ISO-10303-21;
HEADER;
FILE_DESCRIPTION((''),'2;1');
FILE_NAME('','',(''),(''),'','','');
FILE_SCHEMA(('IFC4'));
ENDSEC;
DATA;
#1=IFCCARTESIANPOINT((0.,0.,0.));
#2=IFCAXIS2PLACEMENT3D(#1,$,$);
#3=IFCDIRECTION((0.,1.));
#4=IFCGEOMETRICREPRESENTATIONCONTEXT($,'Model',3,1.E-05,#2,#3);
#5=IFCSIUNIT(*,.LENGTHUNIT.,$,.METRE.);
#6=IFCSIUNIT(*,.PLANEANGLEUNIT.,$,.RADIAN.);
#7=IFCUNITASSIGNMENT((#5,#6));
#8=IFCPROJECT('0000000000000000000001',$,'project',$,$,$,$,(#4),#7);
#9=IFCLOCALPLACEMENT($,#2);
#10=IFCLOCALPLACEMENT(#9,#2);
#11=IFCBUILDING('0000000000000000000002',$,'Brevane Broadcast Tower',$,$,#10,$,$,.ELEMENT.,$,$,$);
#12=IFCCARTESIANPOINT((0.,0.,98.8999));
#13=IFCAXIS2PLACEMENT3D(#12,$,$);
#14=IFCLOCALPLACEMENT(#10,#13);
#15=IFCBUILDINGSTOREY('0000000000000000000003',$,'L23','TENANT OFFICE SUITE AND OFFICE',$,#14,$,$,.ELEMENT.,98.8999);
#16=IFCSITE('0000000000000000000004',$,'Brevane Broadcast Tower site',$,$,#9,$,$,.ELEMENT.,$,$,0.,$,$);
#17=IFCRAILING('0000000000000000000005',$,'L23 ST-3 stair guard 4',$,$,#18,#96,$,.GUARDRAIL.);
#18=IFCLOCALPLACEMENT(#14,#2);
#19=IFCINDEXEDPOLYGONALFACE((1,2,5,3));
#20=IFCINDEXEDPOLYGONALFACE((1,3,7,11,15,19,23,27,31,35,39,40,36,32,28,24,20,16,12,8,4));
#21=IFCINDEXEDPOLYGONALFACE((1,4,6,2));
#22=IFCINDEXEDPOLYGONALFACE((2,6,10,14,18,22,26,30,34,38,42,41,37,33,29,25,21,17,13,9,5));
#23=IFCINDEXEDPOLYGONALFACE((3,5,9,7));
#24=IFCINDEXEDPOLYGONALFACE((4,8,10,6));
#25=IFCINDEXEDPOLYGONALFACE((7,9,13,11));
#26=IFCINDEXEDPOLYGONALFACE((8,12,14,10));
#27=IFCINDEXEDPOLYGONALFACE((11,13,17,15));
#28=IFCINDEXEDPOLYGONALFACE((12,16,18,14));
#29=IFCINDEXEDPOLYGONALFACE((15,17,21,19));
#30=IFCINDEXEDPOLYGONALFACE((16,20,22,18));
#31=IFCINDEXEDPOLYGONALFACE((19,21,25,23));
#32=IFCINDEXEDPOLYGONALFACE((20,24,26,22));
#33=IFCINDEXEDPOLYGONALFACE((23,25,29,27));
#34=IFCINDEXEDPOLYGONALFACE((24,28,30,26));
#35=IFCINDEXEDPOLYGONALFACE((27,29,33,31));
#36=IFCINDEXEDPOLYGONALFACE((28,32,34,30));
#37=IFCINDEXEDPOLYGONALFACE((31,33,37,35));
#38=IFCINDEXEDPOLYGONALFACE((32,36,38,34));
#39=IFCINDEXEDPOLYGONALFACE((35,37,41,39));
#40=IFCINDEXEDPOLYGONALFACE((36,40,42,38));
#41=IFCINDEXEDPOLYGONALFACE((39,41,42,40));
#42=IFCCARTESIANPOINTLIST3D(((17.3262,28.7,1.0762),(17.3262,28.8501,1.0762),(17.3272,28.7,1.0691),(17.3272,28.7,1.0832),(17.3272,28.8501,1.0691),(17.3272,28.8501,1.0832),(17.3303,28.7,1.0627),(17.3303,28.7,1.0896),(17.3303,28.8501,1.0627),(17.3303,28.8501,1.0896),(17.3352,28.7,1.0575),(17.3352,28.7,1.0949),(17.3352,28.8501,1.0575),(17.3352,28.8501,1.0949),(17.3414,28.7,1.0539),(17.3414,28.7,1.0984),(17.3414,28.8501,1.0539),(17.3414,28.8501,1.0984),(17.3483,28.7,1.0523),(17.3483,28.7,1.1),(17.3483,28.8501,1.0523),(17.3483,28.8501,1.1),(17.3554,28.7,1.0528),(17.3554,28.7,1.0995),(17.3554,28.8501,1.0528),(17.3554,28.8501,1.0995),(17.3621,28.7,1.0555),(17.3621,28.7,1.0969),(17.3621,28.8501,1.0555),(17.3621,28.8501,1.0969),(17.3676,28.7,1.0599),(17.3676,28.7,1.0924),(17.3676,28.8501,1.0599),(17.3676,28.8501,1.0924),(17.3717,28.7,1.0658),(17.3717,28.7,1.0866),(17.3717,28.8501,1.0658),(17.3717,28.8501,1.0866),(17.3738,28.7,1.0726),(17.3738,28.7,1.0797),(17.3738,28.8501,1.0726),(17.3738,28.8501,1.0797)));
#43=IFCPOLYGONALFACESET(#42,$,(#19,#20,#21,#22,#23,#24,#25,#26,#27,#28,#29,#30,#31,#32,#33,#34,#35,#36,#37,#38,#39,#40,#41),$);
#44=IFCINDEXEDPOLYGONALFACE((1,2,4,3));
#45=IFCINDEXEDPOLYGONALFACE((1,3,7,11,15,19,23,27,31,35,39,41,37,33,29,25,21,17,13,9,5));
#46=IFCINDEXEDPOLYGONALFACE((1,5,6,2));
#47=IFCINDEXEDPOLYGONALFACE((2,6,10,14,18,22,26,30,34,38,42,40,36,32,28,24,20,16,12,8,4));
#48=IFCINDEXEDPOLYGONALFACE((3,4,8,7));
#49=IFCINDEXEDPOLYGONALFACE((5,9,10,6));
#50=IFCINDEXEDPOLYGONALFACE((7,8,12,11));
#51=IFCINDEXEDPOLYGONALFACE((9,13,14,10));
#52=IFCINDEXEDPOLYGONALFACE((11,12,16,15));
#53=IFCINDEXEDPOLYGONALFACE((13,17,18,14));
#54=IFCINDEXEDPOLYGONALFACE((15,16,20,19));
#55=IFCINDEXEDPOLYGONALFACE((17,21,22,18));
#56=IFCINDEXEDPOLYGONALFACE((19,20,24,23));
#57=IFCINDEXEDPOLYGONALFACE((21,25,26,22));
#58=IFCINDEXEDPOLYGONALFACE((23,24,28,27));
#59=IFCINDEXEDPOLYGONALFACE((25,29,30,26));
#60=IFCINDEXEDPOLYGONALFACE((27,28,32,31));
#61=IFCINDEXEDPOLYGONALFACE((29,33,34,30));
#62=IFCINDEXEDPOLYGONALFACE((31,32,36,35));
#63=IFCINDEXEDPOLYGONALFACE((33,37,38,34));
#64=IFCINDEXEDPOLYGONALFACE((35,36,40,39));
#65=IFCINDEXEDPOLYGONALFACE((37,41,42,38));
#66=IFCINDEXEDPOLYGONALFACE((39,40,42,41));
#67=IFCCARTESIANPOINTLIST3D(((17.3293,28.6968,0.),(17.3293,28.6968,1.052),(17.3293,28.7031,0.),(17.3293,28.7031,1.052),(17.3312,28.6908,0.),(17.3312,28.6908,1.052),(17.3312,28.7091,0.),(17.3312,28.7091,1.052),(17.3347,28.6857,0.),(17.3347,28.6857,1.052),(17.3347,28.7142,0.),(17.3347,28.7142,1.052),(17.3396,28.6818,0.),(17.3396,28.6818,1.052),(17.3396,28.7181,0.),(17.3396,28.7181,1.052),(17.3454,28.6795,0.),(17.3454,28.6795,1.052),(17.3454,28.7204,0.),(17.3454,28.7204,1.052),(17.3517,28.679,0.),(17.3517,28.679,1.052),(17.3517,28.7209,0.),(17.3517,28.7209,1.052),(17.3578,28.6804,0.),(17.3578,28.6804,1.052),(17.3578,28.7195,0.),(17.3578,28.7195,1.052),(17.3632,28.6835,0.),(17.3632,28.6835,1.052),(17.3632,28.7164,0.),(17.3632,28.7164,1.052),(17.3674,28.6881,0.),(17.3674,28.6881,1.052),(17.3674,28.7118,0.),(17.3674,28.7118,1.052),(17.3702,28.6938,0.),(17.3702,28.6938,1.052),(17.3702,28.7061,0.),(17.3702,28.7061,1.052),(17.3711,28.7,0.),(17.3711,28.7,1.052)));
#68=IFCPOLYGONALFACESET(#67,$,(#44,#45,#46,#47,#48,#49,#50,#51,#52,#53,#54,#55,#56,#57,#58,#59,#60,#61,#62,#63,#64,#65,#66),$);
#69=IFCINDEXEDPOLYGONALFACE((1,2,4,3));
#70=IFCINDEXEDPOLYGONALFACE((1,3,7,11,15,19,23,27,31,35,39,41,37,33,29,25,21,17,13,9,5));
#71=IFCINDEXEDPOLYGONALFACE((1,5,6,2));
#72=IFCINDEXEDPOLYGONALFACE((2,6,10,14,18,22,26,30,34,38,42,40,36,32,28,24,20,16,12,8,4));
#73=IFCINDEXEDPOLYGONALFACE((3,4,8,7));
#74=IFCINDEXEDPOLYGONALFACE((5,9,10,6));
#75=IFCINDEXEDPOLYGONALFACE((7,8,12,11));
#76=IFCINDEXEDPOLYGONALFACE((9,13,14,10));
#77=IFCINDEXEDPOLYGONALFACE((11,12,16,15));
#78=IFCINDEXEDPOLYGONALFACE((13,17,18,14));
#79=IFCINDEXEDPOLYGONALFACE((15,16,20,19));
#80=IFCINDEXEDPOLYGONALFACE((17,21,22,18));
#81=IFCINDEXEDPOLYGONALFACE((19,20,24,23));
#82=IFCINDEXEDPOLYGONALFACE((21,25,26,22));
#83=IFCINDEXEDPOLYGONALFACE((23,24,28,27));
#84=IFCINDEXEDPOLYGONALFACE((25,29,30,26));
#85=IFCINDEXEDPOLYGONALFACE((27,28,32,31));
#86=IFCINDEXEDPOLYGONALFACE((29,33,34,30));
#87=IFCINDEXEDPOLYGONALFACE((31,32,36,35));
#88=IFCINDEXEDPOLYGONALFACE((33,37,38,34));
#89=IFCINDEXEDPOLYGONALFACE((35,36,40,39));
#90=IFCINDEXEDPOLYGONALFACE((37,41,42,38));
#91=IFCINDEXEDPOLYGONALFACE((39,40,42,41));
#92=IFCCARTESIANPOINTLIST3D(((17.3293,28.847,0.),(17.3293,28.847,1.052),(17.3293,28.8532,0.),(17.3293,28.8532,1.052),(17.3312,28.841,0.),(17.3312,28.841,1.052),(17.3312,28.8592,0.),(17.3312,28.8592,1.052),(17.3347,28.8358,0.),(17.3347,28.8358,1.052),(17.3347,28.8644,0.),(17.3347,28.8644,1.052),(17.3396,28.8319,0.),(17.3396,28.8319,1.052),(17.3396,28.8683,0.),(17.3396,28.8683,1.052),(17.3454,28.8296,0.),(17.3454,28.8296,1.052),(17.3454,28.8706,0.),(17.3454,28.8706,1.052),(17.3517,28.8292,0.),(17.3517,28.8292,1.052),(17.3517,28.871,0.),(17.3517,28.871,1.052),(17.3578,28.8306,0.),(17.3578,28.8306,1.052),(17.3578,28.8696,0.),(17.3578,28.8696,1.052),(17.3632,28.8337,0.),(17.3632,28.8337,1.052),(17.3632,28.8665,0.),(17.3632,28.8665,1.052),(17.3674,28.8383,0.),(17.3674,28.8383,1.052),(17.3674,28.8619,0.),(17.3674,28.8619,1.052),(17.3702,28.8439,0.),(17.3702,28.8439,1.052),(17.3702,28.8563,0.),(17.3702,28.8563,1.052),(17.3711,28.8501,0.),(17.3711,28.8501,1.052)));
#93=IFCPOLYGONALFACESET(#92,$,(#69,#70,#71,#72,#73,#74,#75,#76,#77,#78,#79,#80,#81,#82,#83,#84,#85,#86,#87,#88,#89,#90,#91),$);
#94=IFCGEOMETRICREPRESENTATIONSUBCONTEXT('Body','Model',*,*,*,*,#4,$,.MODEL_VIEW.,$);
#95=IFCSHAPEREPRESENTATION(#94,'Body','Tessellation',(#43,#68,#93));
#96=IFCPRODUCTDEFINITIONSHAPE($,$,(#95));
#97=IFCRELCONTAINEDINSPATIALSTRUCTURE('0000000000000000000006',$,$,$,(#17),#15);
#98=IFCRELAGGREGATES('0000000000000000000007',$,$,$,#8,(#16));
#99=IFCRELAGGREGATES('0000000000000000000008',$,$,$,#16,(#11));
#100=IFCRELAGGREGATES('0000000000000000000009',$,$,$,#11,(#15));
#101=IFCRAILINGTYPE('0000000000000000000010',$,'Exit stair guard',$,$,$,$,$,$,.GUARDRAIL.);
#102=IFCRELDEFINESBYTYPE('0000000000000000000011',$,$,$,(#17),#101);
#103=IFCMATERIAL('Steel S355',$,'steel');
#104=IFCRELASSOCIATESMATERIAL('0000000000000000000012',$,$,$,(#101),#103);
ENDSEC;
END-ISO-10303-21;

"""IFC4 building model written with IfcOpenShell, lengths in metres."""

from ifc_helpers import new_model, si_unit, direction, frame, origin, origin_2d, place, context, subcontext, project, spatial, circle, extrude, material, type_object, element, save


model = new_model("IFC4")

# Units and contexts
model_context = context("Model", 3, precision=1e-05, world=origin(), true_north=direction((0.0, 1.0)))
body_context = subcontext(model_context, "Body", "Model", "MODEL_VIEW")
ifc_project = project(units=[si_unit("LENGTHUNIT", "METRE"), si_unit("PLANEANGLEUNIT", "RADIAN")], contexts=[model_context])

# Site, building, storey
site_placement = place(None, origin())
site = spatial("IfcSite", under=ifc_project, at=site_placement, Name="Brevane Broadcast Tower site", CompositionType="ELEMENT", RefElevation=0.0)
building_placement = place(site_placement, origin())
building = spatial("IfcBuilding", under=site, at=building_placement, Name="Brevane Broadcast Tower", CompositionType="ELEMENT")
storey_placement = place(building_placement, frame((0.0, 0.0, 98.8999)))
storey = spatial("IfcBuildingStorey", under=building, at=storey_placement, Name="L23", Description="TENANT OFFICE SUITE AND OFFICE", CompositionType="ELEMENT", Elevation=98.8999)

# Railing
ifc_material_1 = material(Name="Steel S355", Category="steel")
railing_type_1 = type_object("IfcRailingType", Name="Exit stair guard", PredefinedType="GUARDRAIL", material=ifc_material_1)
railing_1_placement = place(storey_placement, frame((17.3501, 28.7, 0.0)))
element("IfcRailing", 1, at=railing_1_placement, inside=storey, type_object=railing_type_1, Name="L23 ST-3 stair guard 4", PredefinedType="GUARDRAIL", context=body_context, shape_type="SweptSolid", body=[
    extrude(circle(Radius=0.0239, at=origin_2d()), frame((0.0, 0.0, 1.0762), z_axis=(0.0, 1.0, 0.0), x_axis=(-1.0, 0.0, 0.0)), (0.0, 0.0, 1.0), 0.1501),
    extrude(circle(Radius=0.021, at=origin_2d()), origin(), (0.0, 0.0, 1.0), 1.052),
    extrude(circle(Radius=0.021, at=origin_2d()), frame((0.0, 0.1501, 0.0)), (0.0, 0.0, 1.0), 1.052),
])

save(model, "model.ifc")
